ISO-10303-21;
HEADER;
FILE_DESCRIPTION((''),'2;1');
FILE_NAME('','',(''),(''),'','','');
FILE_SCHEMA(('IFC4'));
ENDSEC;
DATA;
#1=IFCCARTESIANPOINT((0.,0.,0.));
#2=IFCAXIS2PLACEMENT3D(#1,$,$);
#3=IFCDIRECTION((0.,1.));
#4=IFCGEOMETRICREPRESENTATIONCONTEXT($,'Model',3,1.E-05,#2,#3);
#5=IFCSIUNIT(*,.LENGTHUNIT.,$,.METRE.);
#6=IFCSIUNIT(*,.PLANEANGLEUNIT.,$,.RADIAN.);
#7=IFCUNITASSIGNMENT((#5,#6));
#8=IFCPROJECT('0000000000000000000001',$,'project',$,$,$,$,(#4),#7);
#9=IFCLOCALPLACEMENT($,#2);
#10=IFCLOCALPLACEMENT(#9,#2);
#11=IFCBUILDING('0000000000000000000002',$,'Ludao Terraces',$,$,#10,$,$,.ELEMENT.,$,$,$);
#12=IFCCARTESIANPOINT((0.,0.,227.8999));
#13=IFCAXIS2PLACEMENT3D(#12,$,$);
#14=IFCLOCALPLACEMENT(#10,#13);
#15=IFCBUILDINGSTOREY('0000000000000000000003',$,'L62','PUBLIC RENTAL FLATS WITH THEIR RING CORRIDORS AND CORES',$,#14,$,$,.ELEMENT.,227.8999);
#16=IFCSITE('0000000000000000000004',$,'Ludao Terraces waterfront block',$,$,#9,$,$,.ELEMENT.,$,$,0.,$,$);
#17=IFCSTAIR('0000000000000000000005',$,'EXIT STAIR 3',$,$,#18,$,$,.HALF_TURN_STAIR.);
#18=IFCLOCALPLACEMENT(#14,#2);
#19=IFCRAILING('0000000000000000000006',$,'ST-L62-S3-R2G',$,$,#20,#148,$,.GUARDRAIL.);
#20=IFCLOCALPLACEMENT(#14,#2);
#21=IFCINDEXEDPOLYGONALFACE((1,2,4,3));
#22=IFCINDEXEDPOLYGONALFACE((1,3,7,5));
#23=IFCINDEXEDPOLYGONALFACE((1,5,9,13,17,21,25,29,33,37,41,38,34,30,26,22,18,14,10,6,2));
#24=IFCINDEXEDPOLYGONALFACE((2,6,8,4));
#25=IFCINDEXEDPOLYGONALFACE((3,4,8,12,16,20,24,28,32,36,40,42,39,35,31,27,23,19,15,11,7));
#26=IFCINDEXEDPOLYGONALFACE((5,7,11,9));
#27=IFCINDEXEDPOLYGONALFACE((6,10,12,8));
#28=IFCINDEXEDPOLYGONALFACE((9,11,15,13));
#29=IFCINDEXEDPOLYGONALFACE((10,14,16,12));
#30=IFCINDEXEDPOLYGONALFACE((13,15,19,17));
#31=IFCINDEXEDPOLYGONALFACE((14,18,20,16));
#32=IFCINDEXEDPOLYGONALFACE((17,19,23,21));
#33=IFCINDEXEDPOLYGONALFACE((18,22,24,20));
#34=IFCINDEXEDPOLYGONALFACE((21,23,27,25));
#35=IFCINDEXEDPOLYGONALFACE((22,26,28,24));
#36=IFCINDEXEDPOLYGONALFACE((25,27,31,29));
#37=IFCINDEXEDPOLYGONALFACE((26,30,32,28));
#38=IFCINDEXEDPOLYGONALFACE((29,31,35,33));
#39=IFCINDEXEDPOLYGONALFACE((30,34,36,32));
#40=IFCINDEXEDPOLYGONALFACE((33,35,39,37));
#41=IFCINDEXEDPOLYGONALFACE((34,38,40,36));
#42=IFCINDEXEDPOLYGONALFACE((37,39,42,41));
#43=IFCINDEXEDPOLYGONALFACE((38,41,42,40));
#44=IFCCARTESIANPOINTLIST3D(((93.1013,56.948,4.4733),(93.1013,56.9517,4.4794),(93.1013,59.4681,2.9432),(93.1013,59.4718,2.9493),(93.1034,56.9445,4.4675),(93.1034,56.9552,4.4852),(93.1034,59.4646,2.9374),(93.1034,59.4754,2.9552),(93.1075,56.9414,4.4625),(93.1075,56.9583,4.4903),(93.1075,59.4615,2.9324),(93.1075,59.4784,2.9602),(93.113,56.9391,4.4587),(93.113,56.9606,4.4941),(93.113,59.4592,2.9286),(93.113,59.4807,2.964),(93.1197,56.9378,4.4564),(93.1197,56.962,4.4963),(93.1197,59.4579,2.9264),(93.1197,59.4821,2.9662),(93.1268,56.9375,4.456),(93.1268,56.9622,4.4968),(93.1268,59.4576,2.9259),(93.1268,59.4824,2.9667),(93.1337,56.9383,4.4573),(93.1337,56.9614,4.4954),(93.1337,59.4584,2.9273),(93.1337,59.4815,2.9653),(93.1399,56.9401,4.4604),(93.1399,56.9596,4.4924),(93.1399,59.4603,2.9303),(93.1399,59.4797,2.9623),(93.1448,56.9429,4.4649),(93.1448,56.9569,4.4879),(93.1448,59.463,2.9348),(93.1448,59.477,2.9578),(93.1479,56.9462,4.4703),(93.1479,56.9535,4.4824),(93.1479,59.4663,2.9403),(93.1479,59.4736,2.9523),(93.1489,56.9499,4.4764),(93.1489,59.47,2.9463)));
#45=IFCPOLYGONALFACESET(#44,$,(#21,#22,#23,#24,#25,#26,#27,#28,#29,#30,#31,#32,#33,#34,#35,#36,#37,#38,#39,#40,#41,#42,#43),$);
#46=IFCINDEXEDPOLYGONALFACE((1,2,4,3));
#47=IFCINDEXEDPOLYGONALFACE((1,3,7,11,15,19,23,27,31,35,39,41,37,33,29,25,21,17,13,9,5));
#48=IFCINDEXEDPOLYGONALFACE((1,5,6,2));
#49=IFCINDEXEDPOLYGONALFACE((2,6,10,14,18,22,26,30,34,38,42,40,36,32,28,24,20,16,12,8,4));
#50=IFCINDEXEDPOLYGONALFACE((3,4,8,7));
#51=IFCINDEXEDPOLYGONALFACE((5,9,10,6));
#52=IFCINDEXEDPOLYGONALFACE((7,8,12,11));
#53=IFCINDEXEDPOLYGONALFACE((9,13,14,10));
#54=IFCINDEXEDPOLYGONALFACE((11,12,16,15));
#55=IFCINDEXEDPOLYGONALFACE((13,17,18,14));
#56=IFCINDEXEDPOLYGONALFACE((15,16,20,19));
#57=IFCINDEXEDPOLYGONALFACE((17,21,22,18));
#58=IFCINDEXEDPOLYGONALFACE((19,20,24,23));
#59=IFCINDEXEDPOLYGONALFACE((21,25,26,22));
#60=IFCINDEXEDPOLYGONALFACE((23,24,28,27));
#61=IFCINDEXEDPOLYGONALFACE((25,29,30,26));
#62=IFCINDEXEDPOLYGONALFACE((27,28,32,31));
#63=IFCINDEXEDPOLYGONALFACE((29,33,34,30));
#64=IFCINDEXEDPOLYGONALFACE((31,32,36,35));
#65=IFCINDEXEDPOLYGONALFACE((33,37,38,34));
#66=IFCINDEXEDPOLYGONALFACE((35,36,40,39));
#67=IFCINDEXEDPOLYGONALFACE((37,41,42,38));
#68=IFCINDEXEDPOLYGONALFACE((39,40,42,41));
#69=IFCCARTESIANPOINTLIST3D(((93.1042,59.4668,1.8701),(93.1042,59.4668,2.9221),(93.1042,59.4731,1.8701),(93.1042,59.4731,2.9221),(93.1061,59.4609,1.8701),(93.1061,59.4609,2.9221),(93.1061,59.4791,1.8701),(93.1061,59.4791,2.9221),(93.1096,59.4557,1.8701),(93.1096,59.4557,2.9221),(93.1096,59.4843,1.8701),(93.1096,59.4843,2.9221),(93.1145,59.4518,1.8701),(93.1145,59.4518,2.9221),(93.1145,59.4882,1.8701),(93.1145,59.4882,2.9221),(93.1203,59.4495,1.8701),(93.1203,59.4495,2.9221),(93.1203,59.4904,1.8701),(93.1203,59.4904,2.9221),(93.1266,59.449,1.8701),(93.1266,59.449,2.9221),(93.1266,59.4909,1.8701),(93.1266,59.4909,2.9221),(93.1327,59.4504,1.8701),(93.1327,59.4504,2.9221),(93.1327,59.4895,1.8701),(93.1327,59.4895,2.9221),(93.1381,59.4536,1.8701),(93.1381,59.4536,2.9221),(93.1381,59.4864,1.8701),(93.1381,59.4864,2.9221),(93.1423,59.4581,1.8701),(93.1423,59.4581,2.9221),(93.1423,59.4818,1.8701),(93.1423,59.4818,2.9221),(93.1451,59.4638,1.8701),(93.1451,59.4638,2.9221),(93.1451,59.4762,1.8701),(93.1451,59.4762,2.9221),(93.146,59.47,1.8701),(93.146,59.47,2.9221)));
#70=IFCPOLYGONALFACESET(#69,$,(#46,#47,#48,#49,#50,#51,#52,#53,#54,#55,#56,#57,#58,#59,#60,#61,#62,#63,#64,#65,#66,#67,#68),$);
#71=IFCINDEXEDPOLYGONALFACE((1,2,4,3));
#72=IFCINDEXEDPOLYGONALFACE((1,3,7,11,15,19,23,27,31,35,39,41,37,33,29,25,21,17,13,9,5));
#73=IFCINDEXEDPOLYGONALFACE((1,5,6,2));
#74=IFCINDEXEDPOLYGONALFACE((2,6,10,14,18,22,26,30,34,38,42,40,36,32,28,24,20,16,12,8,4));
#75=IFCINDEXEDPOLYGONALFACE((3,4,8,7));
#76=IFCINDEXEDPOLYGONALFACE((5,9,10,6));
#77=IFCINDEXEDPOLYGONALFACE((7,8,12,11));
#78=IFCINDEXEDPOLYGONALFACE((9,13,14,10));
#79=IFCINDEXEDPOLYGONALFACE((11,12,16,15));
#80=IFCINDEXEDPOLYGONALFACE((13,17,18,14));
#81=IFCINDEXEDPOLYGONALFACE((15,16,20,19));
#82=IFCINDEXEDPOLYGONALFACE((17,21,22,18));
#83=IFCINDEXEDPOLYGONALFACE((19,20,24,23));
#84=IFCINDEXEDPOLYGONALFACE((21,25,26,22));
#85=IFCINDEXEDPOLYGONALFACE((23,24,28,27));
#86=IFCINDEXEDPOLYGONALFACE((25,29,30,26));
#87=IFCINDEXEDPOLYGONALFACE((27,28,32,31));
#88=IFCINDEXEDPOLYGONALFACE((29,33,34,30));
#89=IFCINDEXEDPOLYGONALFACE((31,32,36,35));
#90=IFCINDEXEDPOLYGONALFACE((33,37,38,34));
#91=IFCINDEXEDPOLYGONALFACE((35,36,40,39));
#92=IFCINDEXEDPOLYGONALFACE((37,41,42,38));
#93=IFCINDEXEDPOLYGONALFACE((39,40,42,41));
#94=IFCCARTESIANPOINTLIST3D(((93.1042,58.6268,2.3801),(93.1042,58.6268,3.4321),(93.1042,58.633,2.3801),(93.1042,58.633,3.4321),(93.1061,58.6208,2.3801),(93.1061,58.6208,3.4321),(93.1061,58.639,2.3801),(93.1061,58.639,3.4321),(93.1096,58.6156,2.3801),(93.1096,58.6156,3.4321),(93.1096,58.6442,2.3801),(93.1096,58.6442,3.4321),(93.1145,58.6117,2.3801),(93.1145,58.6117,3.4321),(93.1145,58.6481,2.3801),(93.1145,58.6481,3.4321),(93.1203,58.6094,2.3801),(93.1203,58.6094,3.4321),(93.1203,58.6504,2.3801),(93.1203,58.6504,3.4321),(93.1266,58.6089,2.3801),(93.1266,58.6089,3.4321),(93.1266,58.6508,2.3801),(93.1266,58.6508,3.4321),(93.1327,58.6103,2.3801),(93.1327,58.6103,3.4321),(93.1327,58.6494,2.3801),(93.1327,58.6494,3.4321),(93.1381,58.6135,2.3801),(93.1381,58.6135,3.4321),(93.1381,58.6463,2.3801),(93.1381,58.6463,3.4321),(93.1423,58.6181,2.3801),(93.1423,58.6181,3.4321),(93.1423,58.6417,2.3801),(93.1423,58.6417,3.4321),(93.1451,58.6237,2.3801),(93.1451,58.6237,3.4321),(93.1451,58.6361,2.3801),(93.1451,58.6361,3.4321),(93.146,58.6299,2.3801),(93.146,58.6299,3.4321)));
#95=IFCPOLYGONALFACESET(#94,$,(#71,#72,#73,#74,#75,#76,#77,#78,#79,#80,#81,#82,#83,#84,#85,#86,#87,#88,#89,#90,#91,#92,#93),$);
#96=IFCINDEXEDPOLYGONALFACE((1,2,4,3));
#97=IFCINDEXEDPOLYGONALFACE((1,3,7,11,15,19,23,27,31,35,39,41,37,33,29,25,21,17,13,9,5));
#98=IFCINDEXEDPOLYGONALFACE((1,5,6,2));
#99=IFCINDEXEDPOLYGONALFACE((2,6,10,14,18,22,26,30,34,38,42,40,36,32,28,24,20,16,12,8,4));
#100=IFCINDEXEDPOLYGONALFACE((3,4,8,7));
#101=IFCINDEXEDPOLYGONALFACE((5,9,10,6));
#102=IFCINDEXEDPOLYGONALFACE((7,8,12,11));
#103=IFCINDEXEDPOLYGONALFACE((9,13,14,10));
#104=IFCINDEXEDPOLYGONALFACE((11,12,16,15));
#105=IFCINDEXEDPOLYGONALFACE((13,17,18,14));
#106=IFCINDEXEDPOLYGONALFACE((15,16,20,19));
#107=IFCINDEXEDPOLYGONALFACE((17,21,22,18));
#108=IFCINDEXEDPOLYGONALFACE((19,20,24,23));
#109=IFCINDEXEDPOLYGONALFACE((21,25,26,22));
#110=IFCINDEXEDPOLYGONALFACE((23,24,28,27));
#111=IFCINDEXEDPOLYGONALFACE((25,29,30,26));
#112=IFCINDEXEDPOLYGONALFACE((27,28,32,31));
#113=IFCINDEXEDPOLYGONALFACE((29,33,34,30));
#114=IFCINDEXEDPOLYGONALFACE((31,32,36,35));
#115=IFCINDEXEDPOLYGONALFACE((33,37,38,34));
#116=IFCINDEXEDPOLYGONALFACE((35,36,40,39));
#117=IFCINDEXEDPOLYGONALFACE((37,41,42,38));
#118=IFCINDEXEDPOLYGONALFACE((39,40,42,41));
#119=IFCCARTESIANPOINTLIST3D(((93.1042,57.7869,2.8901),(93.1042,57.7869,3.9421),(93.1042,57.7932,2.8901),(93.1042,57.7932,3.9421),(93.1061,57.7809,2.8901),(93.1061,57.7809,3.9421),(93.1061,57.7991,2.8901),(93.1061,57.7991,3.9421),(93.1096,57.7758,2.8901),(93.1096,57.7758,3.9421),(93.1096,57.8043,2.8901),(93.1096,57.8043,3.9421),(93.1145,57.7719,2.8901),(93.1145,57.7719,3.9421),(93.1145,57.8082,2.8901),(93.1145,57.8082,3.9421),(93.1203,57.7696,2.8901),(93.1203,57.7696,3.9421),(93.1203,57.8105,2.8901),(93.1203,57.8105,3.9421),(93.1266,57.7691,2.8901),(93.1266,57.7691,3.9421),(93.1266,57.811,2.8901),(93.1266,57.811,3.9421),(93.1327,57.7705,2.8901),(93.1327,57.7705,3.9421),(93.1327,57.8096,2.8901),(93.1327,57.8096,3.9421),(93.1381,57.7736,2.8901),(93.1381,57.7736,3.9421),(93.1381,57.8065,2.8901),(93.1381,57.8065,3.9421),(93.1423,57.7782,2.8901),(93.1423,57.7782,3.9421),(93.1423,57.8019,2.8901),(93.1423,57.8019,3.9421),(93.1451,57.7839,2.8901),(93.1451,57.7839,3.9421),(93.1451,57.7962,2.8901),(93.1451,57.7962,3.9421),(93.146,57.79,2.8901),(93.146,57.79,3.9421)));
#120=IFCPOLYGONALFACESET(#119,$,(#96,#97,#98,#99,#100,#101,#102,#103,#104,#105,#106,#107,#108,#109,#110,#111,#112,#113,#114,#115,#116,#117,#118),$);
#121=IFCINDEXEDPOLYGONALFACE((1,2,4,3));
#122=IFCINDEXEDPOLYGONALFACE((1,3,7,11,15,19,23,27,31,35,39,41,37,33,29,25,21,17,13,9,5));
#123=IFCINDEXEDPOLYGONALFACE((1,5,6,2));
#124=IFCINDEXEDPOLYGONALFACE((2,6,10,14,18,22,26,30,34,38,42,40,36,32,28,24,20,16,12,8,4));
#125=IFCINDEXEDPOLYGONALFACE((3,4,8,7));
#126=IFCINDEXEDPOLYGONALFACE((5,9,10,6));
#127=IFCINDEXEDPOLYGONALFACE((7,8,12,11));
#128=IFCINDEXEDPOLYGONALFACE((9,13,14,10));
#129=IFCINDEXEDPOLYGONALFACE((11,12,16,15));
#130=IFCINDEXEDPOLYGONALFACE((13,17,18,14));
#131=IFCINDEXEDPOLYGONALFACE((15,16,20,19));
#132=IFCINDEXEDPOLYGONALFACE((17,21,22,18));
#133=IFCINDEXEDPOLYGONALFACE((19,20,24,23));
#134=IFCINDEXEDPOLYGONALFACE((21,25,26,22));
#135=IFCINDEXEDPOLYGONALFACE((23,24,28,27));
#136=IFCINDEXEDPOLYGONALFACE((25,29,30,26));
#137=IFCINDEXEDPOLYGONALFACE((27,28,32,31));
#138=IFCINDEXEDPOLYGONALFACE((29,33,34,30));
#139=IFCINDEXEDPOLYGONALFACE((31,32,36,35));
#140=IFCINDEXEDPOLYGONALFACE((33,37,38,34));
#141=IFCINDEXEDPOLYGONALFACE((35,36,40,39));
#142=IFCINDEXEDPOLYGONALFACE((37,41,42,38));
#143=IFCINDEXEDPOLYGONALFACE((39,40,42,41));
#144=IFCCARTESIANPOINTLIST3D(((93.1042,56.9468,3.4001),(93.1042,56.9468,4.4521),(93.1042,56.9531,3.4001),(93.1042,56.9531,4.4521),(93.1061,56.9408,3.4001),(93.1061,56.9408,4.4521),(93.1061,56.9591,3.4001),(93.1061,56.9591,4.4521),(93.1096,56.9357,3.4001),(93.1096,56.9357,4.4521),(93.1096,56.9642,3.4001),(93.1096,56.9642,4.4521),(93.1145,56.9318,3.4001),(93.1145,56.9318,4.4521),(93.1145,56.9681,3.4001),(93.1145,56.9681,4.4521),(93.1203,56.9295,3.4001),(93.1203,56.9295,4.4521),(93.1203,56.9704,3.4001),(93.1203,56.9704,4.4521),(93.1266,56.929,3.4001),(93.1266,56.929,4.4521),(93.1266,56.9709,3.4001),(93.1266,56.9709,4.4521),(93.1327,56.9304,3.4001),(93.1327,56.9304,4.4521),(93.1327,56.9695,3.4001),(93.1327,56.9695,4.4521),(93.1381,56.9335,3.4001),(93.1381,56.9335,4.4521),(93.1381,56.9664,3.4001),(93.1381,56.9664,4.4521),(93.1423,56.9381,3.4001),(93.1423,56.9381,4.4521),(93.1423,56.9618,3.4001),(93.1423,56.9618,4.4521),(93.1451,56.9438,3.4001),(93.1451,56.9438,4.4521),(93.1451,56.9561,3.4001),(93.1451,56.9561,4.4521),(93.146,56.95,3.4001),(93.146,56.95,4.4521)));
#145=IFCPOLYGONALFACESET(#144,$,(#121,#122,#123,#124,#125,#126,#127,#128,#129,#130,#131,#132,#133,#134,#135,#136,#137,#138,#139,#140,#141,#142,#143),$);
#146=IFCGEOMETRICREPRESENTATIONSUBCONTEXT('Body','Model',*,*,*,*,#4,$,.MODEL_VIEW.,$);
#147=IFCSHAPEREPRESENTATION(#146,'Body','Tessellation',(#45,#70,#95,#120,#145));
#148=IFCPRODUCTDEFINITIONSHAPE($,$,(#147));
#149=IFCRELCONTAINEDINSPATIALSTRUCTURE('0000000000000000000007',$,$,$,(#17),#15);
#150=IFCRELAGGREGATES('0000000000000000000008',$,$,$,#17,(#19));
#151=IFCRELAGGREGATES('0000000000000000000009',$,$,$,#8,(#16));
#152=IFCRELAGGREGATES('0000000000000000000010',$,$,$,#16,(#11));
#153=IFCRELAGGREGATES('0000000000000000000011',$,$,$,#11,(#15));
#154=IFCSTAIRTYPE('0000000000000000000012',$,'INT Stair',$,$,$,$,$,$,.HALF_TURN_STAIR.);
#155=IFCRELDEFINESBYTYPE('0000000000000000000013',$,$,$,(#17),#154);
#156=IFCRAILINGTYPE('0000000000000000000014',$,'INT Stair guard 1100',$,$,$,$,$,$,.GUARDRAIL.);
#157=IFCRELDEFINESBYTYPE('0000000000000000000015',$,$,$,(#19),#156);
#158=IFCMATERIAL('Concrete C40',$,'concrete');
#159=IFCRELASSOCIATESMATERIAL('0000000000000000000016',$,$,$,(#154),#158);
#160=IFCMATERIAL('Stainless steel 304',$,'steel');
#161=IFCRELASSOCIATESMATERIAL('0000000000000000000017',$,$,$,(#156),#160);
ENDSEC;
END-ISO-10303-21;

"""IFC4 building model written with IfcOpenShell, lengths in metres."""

from ifc_helpers import new_model, si_unit, direction, frame, origin, origin_2d, place, context, subcontext, project, spatial, circle, extrude, material, type_object, element, aggregate, save


model = new_model("IFC4")

# Units and contexts
model_context = context("Model", 3, precision=1e-05, world=origin(), true_north=direction((0.0, 1.0)))
body_context = subcontext(model_context, "Body", "Model", "MODEL_VIEW")
ifc_project = project(units=[si_unit("LENGTHUNIT", "METRE"), si_unit("PLANEANGLEUNIT", "RADIAN")], contexts=[model_context])

# Site, building, storey
site_placement = place(None, origin())
site = spatial("IfcSite", under=ifc_project, at=site_placement, Name="Ludao Terraces waterfront block", CompositionType="ELEMENT", RefElevation=0.0)
building_placement = place(site_placement, origin())
building = spatial("IfcBuilding", under=site, at=building_placement, Name="Ludao Terraces", CompositionType="ELEMENT")
storey_placement = place(building_placement, frame((0.0, 0.0, 227.8999)))
storey = spatial("IfcBuildingStorey", under=building, at=storey_placement, Name="L62", Description="PUBLIC RENTAL FLATS WITH THEIR RING CORRIDORS AND CORES", CompositionType="ELEMENT", Elevation=227.8999)

# Shared definitions
ifc_material_1 = material(Name="Concrete C40", Category="concrete")

# Stair, railing
stair_type = type_object("IfcStairType", Name="INT Stair", PredefinedType="HALF_TURN_STAIR", material=ifc_material_1)
stair_placement = place(storey_placement, origin())
stair = element("IfcStair", 1, at=stair_placement, inside=storey, type_object=stair_type, Name="EXIT STAIR 3", PredefinedType="HALF_TURN_STAIR")
ifc_material_2 = material(Name="Stainless steel 304", Category="steel")
railing_type_1 = type_object("IfcRailingType", Name="INT Stair guard 1100", PredefinedType="GUARDRAIL", material=ifc_material_2)
railing_1_placement = place(storey_placement, frame((93.125, 59.47, 1.8701)))
railing_1 = element("IfcRailing", 2, at=railing_1_placement, type_object=railing_type_1, Name="ST-L62-S3-R2G", PredefinedType="GUARDRAIL", context=body_context, shape_type="SweptSolid", body=[
    extrude(circle(Radius=0.0239, at=origin_2d()), frame((0.0, 0.0, 1.0762), z_axis=(0.0, -0.854785, 0.518982), x_axis=(1.0, 0.0, 0.0)), (0.0, 0.0, 1.0), 2.9482),
    extrude(circle(Radius=0.021, at=origin_2d()), origin(), (0.0, 0.0, 1.0), 1.052),
    extrude(circle(Radius=0.021, at=origin_2d()), frame((0.0, -0.8401, 0.51)), (0.0, 0.0, 1.0), 1.052),
    extrude(circle(Radius=0.021, at=origin_2d()), frame((0.0, -1.6799, 1.02)), (0.0, 0.0, 1.0), 1.052),
    extrude(circle(Radius=0.021, at=origin_2d()), frame((0.0, -2.52, 1.53)), (0.0, 0.0, 1.0), 1.052),
])
aggregate(stair, [railing_1])

save(model, "model.ifc")
